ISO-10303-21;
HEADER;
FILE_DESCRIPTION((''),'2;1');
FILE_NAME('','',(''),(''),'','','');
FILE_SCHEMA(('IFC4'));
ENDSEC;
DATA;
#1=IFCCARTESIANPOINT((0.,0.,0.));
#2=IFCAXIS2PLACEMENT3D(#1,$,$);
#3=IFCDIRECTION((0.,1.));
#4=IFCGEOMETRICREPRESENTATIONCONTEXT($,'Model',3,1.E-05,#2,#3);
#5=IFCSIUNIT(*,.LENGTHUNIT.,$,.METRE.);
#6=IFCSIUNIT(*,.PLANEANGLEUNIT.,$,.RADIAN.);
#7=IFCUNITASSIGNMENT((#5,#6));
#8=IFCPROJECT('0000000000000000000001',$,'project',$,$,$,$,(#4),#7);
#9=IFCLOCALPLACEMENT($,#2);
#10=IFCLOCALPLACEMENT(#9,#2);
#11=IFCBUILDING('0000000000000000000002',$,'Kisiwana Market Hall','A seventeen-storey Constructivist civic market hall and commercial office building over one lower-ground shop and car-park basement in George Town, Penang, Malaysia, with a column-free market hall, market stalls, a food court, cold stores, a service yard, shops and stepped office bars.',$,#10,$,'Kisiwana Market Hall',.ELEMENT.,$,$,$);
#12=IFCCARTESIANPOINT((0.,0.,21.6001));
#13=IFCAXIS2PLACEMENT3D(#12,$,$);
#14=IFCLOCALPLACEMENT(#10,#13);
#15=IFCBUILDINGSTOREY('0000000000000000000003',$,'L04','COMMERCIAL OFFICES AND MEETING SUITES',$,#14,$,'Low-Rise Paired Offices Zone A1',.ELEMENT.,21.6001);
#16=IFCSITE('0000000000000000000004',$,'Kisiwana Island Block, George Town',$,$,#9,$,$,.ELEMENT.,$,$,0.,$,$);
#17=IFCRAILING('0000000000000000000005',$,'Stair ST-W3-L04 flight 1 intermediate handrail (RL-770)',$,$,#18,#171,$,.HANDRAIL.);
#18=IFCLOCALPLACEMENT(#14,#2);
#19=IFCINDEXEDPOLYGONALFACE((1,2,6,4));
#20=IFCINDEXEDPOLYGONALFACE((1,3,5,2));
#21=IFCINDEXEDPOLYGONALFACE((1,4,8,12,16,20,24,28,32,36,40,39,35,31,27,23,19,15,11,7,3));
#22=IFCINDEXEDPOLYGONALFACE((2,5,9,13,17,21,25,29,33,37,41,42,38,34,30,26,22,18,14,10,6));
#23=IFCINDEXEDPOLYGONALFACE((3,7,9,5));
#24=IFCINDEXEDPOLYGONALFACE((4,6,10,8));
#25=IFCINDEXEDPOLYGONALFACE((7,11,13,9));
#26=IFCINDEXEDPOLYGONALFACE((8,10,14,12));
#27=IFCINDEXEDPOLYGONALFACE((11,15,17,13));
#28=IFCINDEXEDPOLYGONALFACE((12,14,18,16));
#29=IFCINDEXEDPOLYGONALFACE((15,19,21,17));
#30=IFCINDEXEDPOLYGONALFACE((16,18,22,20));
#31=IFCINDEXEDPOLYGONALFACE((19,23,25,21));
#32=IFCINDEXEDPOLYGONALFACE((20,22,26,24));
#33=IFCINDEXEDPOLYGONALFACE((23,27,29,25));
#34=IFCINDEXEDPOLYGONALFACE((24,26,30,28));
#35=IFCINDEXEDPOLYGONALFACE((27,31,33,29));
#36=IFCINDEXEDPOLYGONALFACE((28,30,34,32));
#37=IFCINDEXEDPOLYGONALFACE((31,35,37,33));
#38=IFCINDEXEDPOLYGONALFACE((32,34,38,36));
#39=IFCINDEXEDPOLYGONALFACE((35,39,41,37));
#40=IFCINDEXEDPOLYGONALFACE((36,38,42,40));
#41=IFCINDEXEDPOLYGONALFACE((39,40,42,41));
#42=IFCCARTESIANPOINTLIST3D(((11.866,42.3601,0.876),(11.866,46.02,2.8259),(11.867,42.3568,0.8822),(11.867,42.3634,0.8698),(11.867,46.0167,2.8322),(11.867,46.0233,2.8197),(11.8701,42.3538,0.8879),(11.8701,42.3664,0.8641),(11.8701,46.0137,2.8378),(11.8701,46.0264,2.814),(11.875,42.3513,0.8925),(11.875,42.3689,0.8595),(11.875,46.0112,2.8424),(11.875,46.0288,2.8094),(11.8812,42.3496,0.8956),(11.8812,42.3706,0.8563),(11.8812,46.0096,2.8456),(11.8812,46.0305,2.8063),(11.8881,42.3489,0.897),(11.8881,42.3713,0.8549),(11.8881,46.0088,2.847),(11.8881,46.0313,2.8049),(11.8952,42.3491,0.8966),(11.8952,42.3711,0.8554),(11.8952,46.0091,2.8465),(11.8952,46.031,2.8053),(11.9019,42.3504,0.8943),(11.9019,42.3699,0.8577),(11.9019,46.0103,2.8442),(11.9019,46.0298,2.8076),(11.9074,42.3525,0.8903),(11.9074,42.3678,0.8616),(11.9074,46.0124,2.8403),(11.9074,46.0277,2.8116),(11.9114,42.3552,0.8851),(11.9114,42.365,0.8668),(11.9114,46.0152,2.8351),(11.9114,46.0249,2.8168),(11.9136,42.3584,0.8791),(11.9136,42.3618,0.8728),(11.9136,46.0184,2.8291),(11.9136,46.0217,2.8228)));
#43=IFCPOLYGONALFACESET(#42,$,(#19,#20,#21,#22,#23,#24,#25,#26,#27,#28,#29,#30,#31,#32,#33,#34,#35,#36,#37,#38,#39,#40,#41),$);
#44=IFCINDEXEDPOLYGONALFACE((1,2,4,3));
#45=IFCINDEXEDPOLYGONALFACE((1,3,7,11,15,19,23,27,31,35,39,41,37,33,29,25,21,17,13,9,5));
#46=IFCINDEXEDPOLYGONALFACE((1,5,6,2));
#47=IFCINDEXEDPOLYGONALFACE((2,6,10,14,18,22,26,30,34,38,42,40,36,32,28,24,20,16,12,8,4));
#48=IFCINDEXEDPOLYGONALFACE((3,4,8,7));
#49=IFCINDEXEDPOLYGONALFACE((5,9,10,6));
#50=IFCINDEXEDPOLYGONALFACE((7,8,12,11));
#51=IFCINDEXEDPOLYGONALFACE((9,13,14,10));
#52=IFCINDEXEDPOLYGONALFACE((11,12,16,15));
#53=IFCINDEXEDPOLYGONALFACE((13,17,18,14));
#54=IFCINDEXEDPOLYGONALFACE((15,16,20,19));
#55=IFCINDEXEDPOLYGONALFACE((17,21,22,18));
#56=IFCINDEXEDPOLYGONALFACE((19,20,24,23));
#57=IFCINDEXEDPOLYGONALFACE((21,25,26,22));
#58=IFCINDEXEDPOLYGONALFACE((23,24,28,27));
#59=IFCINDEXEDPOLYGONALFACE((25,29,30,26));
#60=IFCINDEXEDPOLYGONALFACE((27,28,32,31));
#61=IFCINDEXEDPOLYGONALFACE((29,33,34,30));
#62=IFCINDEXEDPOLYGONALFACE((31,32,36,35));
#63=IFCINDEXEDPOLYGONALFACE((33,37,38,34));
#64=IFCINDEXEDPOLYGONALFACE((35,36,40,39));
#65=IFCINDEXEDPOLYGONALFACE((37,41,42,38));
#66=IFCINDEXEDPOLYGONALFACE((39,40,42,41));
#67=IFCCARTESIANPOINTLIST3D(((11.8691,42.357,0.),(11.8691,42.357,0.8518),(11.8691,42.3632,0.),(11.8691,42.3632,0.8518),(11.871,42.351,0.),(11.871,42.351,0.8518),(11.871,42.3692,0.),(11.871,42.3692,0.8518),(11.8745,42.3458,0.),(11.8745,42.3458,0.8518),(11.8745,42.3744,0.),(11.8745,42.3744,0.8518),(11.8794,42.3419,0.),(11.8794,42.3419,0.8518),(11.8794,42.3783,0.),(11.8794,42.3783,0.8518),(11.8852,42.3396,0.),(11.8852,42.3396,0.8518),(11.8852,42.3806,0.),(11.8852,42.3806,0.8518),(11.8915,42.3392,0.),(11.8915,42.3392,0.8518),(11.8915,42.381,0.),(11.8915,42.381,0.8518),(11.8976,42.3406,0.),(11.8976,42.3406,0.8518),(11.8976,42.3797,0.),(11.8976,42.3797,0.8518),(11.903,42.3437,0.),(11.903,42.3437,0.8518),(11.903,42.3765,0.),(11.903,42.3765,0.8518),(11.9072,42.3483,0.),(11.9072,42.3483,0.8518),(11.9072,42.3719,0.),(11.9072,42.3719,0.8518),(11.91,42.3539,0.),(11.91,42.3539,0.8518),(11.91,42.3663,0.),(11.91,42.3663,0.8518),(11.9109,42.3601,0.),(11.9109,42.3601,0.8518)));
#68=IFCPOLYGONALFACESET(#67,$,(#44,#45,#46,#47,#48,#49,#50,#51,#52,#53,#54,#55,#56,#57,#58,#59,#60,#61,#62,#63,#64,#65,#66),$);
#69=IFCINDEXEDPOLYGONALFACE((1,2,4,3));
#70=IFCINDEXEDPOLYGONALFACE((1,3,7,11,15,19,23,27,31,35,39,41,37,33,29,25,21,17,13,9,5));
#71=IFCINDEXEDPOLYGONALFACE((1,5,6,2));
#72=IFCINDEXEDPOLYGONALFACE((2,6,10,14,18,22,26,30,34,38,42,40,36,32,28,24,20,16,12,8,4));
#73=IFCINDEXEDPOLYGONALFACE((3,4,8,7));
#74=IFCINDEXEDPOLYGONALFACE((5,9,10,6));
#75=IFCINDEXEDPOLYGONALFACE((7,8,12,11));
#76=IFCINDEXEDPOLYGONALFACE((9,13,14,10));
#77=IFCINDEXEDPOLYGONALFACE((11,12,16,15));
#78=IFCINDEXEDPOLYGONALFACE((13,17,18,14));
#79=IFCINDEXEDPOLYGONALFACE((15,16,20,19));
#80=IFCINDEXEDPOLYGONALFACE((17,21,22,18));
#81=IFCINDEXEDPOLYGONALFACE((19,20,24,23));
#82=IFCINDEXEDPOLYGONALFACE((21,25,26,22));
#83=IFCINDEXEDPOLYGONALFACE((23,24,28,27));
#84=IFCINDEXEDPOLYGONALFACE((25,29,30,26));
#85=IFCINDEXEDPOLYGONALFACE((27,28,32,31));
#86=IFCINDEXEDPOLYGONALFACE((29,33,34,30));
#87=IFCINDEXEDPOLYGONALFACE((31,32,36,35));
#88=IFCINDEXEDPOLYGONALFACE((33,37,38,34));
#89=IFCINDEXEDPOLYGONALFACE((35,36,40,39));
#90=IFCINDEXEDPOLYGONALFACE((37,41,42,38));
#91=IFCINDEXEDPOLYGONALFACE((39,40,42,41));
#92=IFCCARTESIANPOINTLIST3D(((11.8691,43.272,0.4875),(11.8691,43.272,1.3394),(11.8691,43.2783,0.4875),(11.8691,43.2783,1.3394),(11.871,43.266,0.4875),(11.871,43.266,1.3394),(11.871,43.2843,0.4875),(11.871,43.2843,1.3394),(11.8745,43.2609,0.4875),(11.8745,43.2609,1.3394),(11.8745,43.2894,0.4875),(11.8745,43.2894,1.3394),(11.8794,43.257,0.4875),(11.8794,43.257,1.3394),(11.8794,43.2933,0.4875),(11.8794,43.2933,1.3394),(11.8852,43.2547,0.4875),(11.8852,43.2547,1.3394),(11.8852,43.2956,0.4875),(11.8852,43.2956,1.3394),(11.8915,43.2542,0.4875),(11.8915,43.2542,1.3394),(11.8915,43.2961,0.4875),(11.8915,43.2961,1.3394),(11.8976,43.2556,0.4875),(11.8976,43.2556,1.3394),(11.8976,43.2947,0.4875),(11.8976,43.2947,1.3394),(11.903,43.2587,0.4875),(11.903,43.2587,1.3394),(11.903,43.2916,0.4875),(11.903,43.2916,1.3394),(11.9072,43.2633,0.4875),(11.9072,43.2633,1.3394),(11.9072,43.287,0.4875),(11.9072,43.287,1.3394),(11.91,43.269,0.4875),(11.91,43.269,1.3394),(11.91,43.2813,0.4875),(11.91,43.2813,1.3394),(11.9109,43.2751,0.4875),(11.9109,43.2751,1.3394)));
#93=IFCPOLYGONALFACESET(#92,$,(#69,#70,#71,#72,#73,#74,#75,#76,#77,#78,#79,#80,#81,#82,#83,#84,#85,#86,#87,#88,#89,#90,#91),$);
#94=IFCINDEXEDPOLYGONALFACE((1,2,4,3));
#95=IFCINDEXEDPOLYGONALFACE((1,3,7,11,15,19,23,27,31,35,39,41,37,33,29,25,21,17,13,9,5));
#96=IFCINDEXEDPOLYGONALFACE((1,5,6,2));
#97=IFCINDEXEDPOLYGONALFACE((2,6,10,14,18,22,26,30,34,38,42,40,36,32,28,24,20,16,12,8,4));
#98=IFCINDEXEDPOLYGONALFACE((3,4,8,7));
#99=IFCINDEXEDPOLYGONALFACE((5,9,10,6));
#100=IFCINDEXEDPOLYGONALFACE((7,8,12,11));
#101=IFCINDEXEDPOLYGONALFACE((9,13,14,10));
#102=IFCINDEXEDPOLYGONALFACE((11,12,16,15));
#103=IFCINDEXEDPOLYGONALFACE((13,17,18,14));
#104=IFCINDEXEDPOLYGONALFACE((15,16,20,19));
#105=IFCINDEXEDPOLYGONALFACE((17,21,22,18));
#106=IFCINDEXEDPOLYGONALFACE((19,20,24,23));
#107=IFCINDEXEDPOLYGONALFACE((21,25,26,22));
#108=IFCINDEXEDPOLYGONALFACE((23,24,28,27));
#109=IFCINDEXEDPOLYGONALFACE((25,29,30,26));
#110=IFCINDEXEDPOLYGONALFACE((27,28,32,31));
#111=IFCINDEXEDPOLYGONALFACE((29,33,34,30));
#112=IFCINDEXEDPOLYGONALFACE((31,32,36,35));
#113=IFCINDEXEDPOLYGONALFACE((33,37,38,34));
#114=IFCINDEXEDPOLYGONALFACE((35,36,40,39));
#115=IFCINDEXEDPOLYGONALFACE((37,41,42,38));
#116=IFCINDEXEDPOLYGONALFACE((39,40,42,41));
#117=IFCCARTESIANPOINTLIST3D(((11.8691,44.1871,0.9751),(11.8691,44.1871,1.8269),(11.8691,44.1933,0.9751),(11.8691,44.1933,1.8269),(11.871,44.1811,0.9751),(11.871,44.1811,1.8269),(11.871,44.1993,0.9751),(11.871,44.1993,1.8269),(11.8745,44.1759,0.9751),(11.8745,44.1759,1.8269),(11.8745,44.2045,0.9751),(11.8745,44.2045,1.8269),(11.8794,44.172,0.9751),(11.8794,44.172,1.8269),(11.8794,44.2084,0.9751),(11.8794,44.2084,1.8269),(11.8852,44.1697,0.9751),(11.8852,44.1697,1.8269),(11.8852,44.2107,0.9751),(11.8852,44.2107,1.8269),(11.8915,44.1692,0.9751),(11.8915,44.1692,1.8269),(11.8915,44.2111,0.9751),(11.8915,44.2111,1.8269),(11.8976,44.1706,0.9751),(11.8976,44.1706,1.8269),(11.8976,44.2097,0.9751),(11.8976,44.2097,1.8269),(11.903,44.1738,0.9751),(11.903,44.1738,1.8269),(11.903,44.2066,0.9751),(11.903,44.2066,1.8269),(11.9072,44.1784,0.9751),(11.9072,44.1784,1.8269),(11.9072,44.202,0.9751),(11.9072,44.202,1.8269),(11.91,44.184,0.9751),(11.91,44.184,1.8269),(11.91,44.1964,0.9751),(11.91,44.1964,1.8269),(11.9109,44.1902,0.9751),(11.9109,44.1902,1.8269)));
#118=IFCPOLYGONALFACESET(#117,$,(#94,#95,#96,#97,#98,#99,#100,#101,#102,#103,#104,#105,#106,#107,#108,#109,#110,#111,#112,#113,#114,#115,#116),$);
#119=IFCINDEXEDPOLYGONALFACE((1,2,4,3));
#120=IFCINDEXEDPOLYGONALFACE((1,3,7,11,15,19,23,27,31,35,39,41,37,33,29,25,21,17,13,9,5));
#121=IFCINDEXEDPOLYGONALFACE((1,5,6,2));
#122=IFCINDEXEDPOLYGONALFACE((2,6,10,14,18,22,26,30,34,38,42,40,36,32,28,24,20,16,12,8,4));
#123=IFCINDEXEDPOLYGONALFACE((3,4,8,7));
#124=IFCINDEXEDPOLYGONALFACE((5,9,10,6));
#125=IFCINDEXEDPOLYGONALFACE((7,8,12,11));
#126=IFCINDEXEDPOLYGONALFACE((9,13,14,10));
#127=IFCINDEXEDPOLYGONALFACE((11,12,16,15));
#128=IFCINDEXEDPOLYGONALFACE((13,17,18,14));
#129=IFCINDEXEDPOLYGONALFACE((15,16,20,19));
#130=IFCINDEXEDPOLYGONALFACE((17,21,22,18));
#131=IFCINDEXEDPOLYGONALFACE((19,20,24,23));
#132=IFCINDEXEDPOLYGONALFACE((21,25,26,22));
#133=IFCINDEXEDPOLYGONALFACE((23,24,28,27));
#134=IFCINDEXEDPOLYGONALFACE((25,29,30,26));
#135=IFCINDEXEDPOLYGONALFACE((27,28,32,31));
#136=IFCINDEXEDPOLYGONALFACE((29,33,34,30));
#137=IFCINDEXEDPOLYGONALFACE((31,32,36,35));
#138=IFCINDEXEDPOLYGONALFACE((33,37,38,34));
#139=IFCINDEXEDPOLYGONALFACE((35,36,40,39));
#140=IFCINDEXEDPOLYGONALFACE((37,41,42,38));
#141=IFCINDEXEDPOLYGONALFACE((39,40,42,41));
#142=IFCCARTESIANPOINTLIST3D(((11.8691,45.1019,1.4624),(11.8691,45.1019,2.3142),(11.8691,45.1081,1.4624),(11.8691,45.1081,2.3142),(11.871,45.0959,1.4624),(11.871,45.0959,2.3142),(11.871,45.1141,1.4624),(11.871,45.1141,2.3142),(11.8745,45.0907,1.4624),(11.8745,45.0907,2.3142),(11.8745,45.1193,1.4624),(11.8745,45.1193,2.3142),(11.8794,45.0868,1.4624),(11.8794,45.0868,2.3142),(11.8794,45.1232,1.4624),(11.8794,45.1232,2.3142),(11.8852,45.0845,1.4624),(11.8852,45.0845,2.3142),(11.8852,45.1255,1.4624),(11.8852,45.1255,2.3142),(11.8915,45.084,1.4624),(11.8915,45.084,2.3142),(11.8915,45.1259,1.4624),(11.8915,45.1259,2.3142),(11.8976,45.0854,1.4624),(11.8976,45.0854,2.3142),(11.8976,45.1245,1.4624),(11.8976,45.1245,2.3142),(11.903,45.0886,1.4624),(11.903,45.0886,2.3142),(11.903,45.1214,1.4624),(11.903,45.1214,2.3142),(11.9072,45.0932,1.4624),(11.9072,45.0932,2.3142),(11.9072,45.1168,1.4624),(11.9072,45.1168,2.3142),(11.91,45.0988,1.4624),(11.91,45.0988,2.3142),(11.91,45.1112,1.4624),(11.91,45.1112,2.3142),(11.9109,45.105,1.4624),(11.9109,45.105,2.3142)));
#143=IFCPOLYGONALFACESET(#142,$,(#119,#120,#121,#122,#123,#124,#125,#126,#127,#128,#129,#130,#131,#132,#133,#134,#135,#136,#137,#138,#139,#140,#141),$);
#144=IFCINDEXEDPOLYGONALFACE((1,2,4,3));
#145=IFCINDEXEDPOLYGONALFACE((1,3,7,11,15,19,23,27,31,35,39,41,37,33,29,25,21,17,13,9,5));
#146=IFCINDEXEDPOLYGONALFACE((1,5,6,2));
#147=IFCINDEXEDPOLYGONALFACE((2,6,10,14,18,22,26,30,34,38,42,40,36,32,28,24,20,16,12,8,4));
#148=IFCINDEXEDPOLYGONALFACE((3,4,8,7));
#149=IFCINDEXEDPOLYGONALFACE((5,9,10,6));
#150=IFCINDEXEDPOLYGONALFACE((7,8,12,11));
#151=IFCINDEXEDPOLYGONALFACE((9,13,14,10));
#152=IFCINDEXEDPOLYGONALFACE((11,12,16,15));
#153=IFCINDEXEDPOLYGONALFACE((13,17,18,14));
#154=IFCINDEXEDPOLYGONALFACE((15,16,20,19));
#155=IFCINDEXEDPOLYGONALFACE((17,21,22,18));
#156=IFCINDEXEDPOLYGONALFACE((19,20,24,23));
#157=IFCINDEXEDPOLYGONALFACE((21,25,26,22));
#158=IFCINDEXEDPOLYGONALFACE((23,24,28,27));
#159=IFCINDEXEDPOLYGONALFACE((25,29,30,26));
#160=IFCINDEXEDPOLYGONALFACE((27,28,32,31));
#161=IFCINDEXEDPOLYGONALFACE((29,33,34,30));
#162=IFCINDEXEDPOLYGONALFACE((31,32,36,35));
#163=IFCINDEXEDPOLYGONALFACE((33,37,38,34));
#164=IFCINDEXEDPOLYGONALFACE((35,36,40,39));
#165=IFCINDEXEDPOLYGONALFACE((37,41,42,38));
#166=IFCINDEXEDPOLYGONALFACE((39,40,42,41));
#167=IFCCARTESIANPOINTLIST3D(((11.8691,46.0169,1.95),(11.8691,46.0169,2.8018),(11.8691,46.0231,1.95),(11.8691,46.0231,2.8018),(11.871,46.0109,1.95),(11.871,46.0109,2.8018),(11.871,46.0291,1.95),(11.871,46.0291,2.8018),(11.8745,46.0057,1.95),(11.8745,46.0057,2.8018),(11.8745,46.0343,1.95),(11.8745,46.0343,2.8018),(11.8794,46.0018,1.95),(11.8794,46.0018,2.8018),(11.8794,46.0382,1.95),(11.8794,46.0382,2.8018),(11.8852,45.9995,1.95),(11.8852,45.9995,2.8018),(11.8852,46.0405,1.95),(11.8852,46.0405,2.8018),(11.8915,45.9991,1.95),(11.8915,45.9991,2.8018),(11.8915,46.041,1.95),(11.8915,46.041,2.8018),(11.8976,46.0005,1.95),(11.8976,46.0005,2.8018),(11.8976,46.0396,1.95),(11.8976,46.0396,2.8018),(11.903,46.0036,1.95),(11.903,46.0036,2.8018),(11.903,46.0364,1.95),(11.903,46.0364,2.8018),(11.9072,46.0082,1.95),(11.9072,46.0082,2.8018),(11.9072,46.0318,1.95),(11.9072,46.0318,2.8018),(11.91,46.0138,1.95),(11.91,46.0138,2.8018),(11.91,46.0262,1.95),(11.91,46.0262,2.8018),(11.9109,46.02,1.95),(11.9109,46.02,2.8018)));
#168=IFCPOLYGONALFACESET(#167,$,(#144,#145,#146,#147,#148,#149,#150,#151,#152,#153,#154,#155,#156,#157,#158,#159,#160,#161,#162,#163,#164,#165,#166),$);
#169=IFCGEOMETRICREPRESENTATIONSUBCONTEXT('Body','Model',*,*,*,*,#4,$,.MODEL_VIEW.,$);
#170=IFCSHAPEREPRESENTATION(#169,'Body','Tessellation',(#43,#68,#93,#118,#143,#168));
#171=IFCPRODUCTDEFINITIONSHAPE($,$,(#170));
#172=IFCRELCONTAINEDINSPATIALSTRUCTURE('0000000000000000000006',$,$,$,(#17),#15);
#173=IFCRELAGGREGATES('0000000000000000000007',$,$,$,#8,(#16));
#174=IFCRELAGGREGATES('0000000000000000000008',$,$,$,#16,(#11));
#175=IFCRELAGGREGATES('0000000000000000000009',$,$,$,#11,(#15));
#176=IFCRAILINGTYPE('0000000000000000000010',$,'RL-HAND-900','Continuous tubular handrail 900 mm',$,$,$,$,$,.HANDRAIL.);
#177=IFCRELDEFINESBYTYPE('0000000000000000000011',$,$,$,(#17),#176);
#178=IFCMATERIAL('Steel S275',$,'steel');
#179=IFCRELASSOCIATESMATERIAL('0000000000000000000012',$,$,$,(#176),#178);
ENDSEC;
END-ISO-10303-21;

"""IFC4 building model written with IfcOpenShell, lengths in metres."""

from ifc_helpers import new_model, si_unit, direction, frame, origin, origin_2d, place, context, subcontext, project, spatial, circle, extrude, material, type_object, element, save


model = new_model("IFC4")

# Units and contexts
model_context = context("Model", 3, precision=1e-05, world=origin(), true_north=direction((0.0, 1.0)))
body_context = subcontext(model_context, "Body", "Model", "MODEL_VIEW")
ifc_project = project(units=[si_unit("LENGTHUNIT", "METRE"), si_unit("PLANEANGLEUNIT", "RADIAN")], contexts=[model_context])

# Site, building, storey
site_placement = place(None, origin())
site = spatial("IfcSite", under=ifc_project, at=site_placement, Name="Kisiwana Island Block, George Town", CompositionType="ELEMENT", RefElevation=0.0)
building_placement = place(site_placement, origin())
building = spatial("IfcBuilding", under=site, at=building_placement, Name="Kisiwana Market Hall", Description="A seventeen-storey Constructivist civic market hall and commercial office building over one lower-ground shop and car-park basement in George Town, Penang, Malaysia, with a column-free market hall, market stalls, a food court, cold stores, a service yard, shops and stepped office bars.", LongName="Kisiwana Market Hall", CompositionType="ELEMENT")
storey_placement = place(building_placement, frame((0.0, 0.0, 21.6001)))
storey = spatial("IfcBuildingStorey", under=building, at=storey_placement, Name="L04", Description="COMMERCIAL OFFICES AND MEETING SUITES", LongName="Low-Rise Paired Offices Zone A1", CompositionType="ELEMENT", Elevation=21.6001)

# Railing
ifc_material_1 = material(Name="Steel S275", Category="steel")
railing_type_1 = type_object("IfcRailingType", Name="RL-HAND-900", Description="Continuous tubular handrail 900 mm", PredefinedType="HANDRAIL", material=ifc_material_1)
for number, where, name in (
    (1, (11.8899, 42.3601, 0.0), "Stair ST-W3-L04 flight 1 intermediate handrail (RL-770)"),
):
    element("IfcRailing", number, at=place(storey_placement, frame(where)), inside=storey, type_object=railing_type_1, Name=name, PredefinedType="HANDRAIL", context=body_context, shape_type="SweptSolid", body=[
        extrude(circle(Radius=0.0239, at=origin_2d()), frame((0.0, 0.0, 0.876), z_axis=(0.0, 0.882553, 0.470212), x_axis=(-1.0, 0.0, 0.0)), (0.0, 0.0, 1.0), 4.147),
        extrude(circle(Radius=0.021, at=origin_2d()), origin(), (0.0, 0.0, 1.0), 0.8518),
        extrude(circle(Radius=0.021, at=origin_2d()), frame((0.0, 0.915, 0.4875)), (0.0, 0.0, 1.0), 0.8518),
        extrude(circle(Radius=0.021, at=origin_2d()), frame((0.0, 1.8301, 0.9751)), (0.0, 0.0, 1.0), 0.8518),
        extrude(circle(Radius=0.021, at=origin_2d()), frame((0.0, 2.7449, 1.4624)), (0.0, 0.0, 1.0), 0.8518),
        extrude(circle(Radius=0.021, at=origin_2d()), frame((0.0, 3.6599, 1.95)), (0.0, 0.0, 1.0), 0.8518),
    ])

save(model, "model.ifc")
